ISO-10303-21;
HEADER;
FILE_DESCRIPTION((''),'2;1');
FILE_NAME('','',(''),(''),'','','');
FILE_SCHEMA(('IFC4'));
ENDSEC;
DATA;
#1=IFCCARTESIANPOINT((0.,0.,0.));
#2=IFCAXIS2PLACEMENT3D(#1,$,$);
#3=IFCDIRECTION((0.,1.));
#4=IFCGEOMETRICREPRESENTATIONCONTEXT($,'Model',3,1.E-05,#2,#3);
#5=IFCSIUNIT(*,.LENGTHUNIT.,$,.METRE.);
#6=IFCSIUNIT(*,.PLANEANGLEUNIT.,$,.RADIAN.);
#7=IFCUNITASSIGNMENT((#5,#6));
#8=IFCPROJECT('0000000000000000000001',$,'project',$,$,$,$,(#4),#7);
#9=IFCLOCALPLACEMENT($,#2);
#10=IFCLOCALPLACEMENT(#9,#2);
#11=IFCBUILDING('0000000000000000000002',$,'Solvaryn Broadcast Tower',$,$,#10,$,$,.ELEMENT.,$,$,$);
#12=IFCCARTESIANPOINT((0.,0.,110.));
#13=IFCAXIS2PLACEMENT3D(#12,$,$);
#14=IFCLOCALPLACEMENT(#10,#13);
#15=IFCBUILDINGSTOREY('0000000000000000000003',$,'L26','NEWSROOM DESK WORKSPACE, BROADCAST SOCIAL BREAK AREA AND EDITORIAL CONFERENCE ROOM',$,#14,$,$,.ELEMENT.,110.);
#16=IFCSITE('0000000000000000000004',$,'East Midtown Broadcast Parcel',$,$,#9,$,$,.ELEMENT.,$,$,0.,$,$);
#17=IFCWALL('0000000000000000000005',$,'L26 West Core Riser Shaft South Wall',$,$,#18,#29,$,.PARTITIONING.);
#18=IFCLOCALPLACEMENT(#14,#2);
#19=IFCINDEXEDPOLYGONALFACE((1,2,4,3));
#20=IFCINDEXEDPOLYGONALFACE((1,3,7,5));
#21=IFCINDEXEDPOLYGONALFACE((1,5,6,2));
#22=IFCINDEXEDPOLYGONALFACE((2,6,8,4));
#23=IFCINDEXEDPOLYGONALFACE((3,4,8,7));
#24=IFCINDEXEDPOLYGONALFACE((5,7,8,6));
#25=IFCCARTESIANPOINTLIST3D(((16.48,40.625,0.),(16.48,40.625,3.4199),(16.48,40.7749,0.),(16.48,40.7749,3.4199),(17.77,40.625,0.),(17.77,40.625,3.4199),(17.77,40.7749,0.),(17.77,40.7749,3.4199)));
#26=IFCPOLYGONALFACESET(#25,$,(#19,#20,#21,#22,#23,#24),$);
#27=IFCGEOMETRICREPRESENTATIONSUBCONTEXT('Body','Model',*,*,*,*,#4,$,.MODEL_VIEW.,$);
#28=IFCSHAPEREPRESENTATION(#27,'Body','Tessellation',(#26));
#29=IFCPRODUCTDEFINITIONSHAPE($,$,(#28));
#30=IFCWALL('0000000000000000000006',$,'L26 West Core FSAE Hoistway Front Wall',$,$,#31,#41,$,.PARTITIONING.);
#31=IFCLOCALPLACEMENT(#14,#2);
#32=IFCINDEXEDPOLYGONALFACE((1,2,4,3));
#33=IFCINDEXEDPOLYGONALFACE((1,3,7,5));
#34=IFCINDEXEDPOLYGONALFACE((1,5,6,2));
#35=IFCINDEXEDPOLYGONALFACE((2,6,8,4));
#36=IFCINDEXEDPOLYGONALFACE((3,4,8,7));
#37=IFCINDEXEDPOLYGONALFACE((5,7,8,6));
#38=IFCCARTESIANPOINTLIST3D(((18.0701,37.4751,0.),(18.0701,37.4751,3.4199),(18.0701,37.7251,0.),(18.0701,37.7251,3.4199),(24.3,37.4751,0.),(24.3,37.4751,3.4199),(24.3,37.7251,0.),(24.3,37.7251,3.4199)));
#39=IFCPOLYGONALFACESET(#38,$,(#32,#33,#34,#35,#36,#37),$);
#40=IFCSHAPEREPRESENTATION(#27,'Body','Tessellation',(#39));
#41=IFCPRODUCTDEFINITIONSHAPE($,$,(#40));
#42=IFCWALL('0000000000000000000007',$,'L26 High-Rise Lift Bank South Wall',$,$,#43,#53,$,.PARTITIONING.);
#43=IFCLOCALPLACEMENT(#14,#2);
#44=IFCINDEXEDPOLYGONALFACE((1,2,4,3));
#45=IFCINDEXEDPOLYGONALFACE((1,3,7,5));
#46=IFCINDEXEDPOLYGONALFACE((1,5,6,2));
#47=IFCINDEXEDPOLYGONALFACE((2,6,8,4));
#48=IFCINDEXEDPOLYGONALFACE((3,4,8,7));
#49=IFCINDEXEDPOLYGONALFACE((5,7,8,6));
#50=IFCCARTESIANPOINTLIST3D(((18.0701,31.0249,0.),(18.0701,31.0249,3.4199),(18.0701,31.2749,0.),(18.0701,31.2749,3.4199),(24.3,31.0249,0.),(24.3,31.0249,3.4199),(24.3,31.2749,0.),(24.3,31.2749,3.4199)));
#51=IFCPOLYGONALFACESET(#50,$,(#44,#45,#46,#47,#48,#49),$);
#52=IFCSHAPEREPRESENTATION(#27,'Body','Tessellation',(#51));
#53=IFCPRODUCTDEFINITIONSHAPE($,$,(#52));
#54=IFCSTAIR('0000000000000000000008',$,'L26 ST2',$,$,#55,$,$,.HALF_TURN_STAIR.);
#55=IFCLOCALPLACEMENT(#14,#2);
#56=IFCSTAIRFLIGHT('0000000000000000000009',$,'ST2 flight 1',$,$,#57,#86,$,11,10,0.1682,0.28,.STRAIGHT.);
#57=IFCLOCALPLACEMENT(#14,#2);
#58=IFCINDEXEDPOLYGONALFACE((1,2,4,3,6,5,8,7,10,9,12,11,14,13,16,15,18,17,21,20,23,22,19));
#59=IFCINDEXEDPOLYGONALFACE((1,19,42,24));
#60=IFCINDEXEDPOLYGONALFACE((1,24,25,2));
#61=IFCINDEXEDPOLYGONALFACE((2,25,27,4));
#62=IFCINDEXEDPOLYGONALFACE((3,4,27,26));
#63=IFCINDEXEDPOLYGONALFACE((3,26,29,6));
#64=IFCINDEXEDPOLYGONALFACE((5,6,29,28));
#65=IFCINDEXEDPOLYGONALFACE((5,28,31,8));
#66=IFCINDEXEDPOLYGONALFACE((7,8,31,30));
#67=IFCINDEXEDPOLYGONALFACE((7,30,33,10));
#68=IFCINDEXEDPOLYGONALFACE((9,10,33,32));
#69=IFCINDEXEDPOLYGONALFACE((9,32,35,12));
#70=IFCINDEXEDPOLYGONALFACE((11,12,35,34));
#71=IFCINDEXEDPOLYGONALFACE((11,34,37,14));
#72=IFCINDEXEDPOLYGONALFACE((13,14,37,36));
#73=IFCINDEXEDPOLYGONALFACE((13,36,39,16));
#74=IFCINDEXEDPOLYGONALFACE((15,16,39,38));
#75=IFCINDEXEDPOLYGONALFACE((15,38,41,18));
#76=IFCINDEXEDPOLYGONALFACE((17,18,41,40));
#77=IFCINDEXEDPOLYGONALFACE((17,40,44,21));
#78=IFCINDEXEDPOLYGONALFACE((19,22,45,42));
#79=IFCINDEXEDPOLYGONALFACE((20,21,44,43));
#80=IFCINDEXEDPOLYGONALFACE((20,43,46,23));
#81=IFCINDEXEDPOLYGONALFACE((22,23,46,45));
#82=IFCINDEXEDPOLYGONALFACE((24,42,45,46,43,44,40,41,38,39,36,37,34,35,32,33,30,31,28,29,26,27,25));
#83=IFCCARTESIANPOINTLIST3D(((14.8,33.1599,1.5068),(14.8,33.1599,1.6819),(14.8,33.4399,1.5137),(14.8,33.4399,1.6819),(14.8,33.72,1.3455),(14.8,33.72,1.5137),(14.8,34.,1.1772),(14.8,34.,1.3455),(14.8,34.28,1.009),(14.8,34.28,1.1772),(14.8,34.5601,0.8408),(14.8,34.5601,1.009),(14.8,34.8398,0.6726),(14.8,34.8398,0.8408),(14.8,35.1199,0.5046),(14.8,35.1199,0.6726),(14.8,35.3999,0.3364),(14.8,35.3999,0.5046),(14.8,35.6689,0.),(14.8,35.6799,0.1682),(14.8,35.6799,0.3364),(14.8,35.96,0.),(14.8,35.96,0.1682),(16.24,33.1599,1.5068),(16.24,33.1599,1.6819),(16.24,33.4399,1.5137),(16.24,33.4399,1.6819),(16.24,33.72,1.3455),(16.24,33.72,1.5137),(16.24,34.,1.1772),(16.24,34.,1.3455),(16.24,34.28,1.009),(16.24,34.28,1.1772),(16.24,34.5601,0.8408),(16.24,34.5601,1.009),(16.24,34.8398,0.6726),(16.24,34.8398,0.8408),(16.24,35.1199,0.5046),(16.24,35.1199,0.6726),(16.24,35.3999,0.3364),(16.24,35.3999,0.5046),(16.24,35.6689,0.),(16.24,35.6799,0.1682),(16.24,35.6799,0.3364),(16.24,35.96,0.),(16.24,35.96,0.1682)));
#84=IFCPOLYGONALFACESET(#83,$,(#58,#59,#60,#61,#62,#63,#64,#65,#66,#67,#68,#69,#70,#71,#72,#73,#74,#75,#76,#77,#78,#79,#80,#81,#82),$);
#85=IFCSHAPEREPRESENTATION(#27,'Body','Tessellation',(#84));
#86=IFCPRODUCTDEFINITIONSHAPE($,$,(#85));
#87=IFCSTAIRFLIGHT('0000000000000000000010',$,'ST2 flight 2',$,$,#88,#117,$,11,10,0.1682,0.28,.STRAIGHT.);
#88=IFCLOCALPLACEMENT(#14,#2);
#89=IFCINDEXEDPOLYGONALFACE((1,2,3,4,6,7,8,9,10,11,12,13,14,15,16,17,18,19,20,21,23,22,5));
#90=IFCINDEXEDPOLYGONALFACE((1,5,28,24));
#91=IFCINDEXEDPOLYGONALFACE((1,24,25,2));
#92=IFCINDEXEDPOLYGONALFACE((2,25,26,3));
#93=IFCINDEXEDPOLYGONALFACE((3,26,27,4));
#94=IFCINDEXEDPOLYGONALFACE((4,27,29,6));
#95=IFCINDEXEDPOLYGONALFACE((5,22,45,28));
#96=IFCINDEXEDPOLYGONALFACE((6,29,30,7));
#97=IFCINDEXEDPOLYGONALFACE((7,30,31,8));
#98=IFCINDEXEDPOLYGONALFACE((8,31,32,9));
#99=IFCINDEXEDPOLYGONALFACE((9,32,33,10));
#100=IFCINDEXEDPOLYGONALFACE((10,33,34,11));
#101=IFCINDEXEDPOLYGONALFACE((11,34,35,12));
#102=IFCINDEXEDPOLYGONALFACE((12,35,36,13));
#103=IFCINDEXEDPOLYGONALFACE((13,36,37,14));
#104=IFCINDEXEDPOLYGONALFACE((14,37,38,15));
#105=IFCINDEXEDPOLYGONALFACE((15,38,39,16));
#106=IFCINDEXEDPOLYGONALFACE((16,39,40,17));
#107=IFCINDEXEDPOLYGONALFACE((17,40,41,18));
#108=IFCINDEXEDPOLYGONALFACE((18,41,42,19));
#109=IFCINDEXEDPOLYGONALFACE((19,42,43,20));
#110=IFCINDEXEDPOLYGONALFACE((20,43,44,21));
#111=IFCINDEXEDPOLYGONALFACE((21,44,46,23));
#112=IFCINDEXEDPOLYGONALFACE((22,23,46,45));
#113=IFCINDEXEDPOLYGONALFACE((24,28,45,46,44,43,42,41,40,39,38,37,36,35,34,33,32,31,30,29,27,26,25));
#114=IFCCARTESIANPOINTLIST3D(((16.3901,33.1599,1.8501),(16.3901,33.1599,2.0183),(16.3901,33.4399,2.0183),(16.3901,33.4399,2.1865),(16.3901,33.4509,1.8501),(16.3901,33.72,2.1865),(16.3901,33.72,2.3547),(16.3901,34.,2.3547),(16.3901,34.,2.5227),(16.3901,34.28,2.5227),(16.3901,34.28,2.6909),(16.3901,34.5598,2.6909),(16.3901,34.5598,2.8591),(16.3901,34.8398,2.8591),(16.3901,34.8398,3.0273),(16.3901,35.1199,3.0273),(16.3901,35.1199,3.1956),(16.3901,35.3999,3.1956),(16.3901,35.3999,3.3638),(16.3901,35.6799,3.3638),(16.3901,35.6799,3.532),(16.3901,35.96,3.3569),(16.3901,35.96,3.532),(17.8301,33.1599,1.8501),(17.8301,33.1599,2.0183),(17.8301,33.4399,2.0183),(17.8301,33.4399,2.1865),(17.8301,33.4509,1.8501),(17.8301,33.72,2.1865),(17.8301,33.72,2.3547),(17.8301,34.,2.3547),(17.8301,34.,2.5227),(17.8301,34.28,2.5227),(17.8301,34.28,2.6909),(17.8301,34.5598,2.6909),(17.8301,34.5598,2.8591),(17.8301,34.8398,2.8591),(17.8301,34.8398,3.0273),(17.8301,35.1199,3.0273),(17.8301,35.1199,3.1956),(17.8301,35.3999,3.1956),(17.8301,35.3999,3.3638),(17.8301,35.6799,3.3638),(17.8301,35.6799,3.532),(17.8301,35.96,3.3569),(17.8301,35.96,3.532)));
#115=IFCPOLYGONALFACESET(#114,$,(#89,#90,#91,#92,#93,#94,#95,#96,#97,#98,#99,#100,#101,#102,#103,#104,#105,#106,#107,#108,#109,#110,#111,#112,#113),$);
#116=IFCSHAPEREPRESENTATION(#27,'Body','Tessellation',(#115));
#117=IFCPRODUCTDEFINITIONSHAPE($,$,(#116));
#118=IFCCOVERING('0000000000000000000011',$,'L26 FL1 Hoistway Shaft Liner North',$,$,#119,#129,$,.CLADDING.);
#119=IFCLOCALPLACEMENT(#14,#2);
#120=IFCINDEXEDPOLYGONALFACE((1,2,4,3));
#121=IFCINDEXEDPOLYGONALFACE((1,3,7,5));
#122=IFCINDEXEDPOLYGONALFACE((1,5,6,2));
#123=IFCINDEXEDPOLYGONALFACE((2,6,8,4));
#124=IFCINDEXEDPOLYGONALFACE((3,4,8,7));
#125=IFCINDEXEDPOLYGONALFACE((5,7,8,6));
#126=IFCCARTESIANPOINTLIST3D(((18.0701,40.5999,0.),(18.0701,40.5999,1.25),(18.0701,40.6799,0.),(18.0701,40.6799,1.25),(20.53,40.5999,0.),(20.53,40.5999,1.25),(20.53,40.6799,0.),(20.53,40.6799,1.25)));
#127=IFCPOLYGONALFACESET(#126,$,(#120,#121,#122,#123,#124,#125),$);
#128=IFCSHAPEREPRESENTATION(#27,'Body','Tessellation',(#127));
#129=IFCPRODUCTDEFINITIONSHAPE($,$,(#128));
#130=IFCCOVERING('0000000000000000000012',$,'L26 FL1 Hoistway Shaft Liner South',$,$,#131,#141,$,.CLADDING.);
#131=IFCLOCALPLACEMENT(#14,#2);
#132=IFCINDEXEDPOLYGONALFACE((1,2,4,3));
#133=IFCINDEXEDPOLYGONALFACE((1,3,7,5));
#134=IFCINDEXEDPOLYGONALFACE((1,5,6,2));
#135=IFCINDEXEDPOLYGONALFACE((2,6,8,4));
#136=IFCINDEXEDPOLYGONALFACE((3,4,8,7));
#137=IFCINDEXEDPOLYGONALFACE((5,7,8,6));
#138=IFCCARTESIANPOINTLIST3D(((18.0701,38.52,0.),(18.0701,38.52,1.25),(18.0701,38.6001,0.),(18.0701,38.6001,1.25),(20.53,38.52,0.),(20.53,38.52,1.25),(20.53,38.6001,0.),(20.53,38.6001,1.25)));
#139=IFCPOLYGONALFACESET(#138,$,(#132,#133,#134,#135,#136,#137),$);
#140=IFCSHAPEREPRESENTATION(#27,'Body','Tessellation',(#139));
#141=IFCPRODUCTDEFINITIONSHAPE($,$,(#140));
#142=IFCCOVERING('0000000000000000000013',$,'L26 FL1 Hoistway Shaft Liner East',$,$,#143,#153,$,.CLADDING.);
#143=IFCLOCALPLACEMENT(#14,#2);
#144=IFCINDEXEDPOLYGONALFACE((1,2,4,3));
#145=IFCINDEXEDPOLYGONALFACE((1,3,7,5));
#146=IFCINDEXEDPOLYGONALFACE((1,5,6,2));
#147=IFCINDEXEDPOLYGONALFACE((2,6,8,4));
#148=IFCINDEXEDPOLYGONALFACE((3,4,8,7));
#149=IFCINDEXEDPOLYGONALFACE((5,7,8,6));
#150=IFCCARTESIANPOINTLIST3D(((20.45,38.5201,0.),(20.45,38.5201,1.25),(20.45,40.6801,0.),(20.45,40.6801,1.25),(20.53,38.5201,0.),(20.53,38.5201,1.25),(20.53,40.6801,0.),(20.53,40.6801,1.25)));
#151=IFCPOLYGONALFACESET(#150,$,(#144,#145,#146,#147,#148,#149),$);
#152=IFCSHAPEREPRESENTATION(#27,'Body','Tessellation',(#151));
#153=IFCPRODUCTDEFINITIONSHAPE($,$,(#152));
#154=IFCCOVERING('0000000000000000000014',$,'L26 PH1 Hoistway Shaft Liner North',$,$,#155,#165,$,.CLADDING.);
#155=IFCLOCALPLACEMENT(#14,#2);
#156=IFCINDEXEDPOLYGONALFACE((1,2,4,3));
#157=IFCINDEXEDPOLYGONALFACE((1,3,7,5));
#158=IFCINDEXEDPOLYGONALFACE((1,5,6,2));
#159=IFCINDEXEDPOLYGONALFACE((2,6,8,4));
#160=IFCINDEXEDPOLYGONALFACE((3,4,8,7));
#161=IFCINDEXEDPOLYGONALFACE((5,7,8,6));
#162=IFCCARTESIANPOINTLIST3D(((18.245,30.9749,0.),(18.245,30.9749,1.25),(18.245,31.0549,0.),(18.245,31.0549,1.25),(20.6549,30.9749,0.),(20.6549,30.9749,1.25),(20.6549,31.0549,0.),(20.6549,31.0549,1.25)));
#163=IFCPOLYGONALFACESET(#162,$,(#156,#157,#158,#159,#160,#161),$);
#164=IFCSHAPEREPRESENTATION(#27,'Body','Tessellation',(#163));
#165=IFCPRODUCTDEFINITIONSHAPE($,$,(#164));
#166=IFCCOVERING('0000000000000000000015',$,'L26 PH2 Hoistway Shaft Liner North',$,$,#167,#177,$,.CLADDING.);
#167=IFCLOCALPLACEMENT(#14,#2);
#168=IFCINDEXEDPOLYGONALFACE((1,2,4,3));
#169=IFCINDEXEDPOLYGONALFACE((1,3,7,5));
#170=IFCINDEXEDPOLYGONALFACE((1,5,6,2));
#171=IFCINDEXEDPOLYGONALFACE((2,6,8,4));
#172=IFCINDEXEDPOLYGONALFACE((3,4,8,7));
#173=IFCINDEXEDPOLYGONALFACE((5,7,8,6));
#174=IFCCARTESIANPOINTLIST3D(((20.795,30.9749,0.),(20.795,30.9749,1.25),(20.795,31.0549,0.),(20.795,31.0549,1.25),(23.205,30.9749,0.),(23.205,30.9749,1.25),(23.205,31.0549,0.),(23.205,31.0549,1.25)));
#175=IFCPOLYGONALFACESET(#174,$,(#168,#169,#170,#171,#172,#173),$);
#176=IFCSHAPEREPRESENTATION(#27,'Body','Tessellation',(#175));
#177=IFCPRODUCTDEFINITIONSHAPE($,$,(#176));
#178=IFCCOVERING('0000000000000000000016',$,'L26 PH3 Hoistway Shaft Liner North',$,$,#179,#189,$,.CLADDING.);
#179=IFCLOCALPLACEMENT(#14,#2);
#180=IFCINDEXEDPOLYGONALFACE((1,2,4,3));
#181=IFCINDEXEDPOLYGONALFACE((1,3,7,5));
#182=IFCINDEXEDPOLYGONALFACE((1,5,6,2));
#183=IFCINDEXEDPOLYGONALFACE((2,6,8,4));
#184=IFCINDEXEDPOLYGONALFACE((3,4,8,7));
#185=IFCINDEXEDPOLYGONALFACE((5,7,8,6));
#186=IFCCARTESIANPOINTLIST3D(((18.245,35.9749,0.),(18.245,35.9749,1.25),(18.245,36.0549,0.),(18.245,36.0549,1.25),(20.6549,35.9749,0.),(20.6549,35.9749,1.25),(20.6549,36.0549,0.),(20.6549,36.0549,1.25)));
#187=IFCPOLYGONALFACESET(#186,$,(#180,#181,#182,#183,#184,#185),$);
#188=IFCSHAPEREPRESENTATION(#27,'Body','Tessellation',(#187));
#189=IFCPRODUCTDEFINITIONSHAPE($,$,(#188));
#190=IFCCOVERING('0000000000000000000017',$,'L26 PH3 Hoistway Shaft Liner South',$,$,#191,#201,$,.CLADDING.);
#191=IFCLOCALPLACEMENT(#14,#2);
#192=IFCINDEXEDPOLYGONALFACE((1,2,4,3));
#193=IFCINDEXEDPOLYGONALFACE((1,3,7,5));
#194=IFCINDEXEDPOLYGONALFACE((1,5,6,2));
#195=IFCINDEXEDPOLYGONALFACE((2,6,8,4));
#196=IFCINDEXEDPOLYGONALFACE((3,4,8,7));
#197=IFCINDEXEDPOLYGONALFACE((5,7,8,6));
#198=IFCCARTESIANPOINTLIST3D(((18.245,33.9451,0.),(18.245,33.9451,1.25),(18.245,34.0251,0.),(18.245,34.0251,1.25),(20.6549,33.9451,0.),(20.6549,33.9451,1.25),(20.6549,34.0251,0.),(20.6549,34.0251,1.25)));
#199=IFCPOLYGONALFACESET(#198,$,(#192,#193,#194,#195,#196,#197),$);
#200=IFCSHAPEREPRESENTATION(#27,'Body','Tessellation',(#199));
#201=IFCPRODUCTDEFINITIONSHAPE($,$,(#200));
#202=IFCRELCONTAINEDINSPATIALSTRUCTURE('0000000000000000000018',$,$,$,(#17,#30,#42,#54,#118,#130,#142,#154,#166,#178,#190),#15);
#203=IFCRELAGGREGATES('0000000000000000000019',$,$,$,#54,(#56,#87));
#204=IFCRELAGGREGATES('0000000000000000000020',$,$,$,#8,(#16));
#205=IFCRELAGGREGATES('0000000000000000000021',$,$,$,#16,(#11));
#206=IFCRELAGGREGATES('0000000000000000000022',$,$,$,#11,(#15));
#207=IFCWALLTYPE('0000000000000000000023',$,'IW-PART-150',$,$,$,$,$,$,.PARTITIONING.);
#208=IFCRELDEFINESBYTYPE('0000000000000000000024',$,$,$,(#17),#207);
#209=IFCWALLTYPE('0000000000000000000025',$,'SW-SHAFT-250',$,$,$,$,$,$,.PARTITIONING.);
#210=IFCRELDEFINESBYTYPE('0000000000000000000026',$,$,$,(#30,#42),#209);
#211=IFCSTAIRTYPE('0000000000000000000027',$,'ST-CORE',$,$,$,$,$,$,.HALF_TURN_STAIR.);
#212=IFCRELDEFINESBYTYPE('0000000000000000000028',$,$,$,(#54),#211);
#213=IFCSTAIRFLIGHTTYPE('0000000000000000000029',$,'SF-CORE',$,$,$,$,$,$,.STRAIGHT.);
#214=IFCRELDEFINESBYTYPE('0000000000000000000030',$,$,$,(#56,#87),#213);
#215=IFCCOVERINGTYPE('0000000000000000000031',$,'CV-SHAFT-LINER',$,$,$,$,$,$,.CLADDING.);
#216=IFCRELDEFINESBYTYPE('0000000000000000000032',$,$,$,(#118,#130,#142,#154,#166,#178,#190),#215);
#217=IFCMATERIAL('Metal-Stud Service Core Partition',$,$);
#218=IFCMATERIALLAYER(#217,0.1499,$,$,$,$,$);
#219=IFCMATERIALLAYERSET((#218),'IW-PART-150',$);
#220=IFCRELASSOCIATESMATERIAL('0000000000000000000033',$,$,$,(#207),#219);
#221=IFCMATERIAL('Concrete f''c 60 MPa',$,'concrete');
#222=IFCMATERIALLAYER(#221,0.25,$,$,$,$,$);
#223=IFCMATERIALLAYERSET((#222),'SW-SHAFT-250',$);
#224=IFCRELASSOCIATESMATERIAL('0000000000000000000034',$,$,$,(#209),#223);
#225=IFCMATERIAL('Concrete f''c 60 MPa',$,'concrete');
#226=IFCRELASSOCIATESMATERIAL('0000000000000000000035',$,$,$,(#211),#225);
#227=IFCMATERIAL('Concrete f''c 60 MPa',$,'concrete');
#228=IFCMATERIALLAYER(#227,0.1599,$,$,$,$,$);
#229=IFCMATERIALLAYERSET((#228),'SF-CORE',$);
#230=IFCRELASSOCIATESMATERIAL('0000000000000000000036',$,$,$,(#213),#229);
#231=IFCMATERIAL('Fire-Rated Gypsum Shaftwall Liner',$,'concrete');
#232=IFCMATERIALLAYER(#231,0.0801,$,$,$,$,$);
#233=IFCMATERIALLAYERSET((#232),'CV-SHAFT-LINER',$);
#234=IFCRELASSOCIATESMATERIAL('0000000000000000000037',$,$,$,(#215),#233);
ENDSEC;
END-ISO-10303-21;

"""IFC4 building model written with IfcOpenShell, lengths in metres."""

from ifc_helpers import new_model, si_unit, direction, frame, frame_2d, origin, origin_2d, place, context, subcontext, project, spatial, polyline, rectangle, outline, extrude, material, layer, layer_set, type_object, element, aggregate, save


model = new_model("IFC4")

# Units and contexts
model_context = context("Model", 3, precision=1e-05, world=origin(), true_north=direction((0.0, 1.0)))
body_context = subcontext(model_context, "Body", "Model", "MODEL_VIEW")
ifc_project = project(units=[si_unit("LENGTHUNIT", "METRE"), si_unit("PLANEANGLEUNIT", "RADIAN")], contexts=[model_context])

# Site, building, storey
site_placement = place(None, origin())
site = spatial("IfcSite", under=ifc_project, at=site_placement, Name="East Midtown Broadcast Parcel", CompositionType="ELEMENT", RefElevation=0.0)
building_placement = place(site_placement, origin())
building = spatial("IfcBuilding", under=site, at=building_placement, Name="Solvaryn Broadcast Tower", CompositionType="ELEMENT")
storey_placement = place(building_placement, frame((0.0, 0.0, 110.0)))
storey = spatial("IfcBuildingStorey", under=building, at=storey_placement, Name="L26", Description="NEWSROOM DESK WORKSPACE, BROADCAST SOCIAL BREAK AREA AND EDITORIAL CONFERENCE ROOM", CompositionType="ELEMENT", Elevation=110.0)

# Walls
ifc_material_1 = material(Name="Metal-Stud Service Core Partition")
ifc_layer_1 = layer(ifc_material_1, 0.1499)
ifc_layer_set_1 = layer_set([ifc_layer_1], Name="IW-PART-150")
wall_type_1 = type_object("IfcWallType", Name="IW-PART-150", PredefinedType="PARTITIONING", material=ifc_layer_set_1)
wall_1_placement = place(storey_placement, frame((16.48, 40.7, 0.0), z_axis=(0.0, 0.0, 1.0), x_axis=(1.0, 0.0, 0.0)))
element("IfcWall", 1, at=wall_1_placement, inside=storey, type_object=wall_type_1, Name="L26 West Core Riser Shaft South Wall", PredefinedType="PARTITIONING", context=body_context, shape_type="SweptSolid", body=[
    extrude(rectangle(XDim=1.29, YDim=0.1499, at=frame_2d((0.645, 0.0))), origin(), (0.0, 0.0, 1.0), 3.4199),
])
ifc_material_2 = material(Name="Concrete f'c 60 MPa", Category="concrete")
ifc_layer_2 = layer(ifc_material_2, 0.25)
ifc_layer_set_2 = layer_set([ifc_layer_2], Name="SW-SHAFT-250")
wall_type_2 = type_object("IfcWallType", Name="SW-SHAFT-250", PredefinedType="PARTITIONING", material=ifc_layer_set_2)
for number, where, z_axis, x_axis, name in (
    (2, (18.0701, 37.6001, 0.0), (0.0, 0.0, 1.0), (1.0, 0.0, 0.0), "L26 West Core FSAE Hoistway Front Wall"),
    (3, (18.0701, 31.1499, 0.0), (0.0, 0.0, 1.0), (1.0, 0.0, 0.0), "L26 High-Rise Lift Bank South Wall"),
):
    element("IfcWall", number, at=place(storey_placement, frame(where, z_axis=z_axis, x_axis=x_axis)), inside=storey, type_object=wall_type_2, Name=name, PredefinedType="PARTITIONING", context=body_context, shape_type="SweptSolid", body=[
        extrude(rectangle(XDim=6.23, YDim=0.25, at=frame_2d((3.115, 0.0))), origin(), (0.0, 0.0, 1.0), 3.4199),
    ])

# Stair, stair flights
ifc_material_3 = material(Name="Concrete f'c 60 MPa", Category="concrete")
stair_type = type_object("IfcStairType", Name="ST-CORE", PredefinedType="HALF_TURN_STAIR", material=ifc_material_3)
stair_placement = place(storey_placement, origin())
stair = element("IfcStair", 4, at=stair_placement, inside=storey, type_object=stair_type, Name="L26 ST2", PredefinedType="HALF_TURN_STAIR")
ifc_material_4 = material(Name="Concrete f'c 60 MPa", Category="concrete")
ifc_layer_3 = layer(ifc_material_4, 0.1599)
ifc_layer_set_3 = layer_set([ifc_layer_3], Name="SF-CORE")
stair_flight_type = type_object("IfcStairFlightType", Name="SF-CORE", PredefinedType="STRAIGHT", material=ifc_layer_set_3)
stair_flight_1_placement = place(storey_placement, frame((15.52, 35.96, 0.0), z_axis=(0.0, 0.0, 1.0), x_axis=(0.0, -1.0, 0.0)))
stair_flight_1 = element("IfcStairFlight", 5, at=stair_flight_1_placement, type_object=stair_flight_type, Name="ST2 flight 1", NumberOfRisers=11, NumberOfTreads=10, PredefinedType="STRAIGHT", RiserHeight=0.1682, TreadLength=0.28, context=body_context, shape_type="SweptSolid", body=[
    extrude(outline(polyline([(0.0, 0.0), (0.0, 0.1682), (0.28, 0.1682), (0.28, 0.3364), (0.5601, 0.3364), (0.5601, 0.5046), (0.8401, 0.5046), (0.8401, 0.6726), (1.1201, 0.6726), (1.1201, 0.8408), (1.3999, 0.8408), (1.3999, 1.009), (1.6799, 1.009), (1.6799, 1.1772), (1.96, 1.1772), (1.96, 1.3455), (2.24, 1.3455), (2.24, 1.5137), (2.52, 1.5137), (2.52, 1.6819), (2.8, 1.6819), (2.8, 1.8501), (2.8, 1.5068), (0.291, 0.0), (0.0, 0.0)])), frame((0.0, 0.72, 0.0), z_axis=(0.0, -1.0, 0.0), x_axis=(1.0, 0.0, 0.0)), (0.0, 0.0, 1.0), 1.4399),
])
stair_flight_2_placement = place(storey_placement, frame((17.1101, 33.1599, 1.8501), z_axis=(0.0, 0.0, 1.0), x_axis=(0.0, 1.0, 0.0)))
stair_flight_2 = element("IfcStairFlight", 6, at=stair_flight_2_placement, type_object=stair_flight_type, Name="ST2 flight 2", NumberOfRisers=11, NumberOfTreads=10, PredefinedType="STRAIGHT", RiserHeight=0.1682, TreadLength=0.28, context=body_context, shape_type="SweptSolid", body=[
    extrude(outline(polyline([(0.0, 0.0), (0.0, 0.1682), (0.28, 0.1682), (0.28, 0.3364), (0.5601, 0.3364), (0.5601, 0.5046), (0.8401, 0.5046), (0.8401, 0.6726), (1.1201, 0.6726), (1.1201, 0.8408), (1.3999, 0.8408), (1.3999, 1.009), (1.6799, 1.009), (1.6799, 1.1772), (1.96, 1.1772), (1.96, 1.3455), (2.24, 1.3455), (2.24, 1.5137), (2.52, 1.5137), (2.52, 1.6819), (2.8, 1.6819), (2.8, 1.8501), (2.8, 1.5068), (0.291, 0.0), (0.0, 0.0)])), frame((0.0, 0.72, 0.0), z_axis=(0.0, -1.0, 0.0), x_axis=(1.0, 0.0, 0.0)), (0.0, 0.0, 1.0), 1.4399),
])
aggregate(stair, [stair_flight_1, stair_flight_2])

# Coverings
ifc_material_5 = material(Name="Fire-Rated Gypsum Shaftwall Liner", Category="concrete")
ifc_layer_4 = layer(ifc_material_5, 0.0801)
ifc_layer_set_4 = layer_set([ifc_layer_4], Name="CV-SHAFT-LINER")
covering_type = type_object("IfcCoveringType", Name="CV-SHAFT-LINER", PredefinedType="CLADDING", material=ifc_layer_set_4)
for number, where, z_axis, x_axis, name in (
    (7, (19.3, 40.6399, 0.0), (0.0, 0.0, 1.0), (1.0, 0.0, 0.0), "L26 FL1 Hoistway Shaft Liner North"),
    (8, (19.3, 38.5601, 0.0), (0.0, 0.0, 1.0), (1.0, 0.0, 0.0), "L26 FL1 Hoistway Shaft Liner South"),
):
    element("IfcCovering", number, at=place(storey_placement, frame(where, z_axis=z_axis, x_axis=x_axis)), inside=storey, type_object=covering_type, Name=name, PredefinedType="CLADDING", context=body_context, shape_type="SweptSolid", body=[
        extrude(rectangle(XDim=2.46, YDim=0.0801, at=origin_2d()), origin(), (0.0, 0.0, 1.0), 1.25),
    ])
covering_placement = place(storey_placement, frame((20.49, 39.6001, 0.0), z_axis=(0.0, 0.0, 1.0), x_axis=(1.0, 0.0, 0.0)))
element("IfcCovering", 9, at=covering_placement, inside=storey, type_object=covering_type, Name="L26 FL1 Hoistway Shaft Liner East", PredefinedType="CLADDING", context=body_context, shape_type="SweptSolid", body=[
    extrude(rectangle(XDim=0.0801, YDim=2.1599, at=origin_2d()), origin(), (0.0, 0.0, 1.0), 1.25),
])
for number, where, z_axis, x_axis, name in (
    (10, (19.45, 31.0149, 0.0), (0.0, 0.0, 1.0), (1.0, 0.0, 0.0), "L26 PH1 Hoistway Shaft Liner North"),
    (11, (22.0, 31.0149, 0.0), (0.0, 0.0, 1.0), (1.0, 0.0, 0.0), "L26 PH2 Hoistway Shaft Liner North"),
    (12, (19.45, 36.0149, 0.0), (0.0, 0.0, 1.0), (1.0, 0.0, 0.0), "L26 PH3 Hoistway Shaft Liner North"),
    (13, (19.45, 33.9851, 0.0), (0.0, 0.0, 1.0), (1.0, 0.0, 0.0), "L26 PH3 Hoistway Shaft Liner South"),
):
    element("IfcCovering", number, at=place(storey_placement, frame(where, z_axis=z_axis, x_axis=x_axis)), inside=storey, type_object=covering_type, Name=name, PredefinedType="CLADDING", context=body_context, shape_type="SweptSolid", body=[
        extrude(rectangle(XDim=2.4099, YDim=0.0801, at=origin_2d()), origin(), (0.0, 0.0, 1.0), 1.25),
    ])

save(model, "model.ifc")
